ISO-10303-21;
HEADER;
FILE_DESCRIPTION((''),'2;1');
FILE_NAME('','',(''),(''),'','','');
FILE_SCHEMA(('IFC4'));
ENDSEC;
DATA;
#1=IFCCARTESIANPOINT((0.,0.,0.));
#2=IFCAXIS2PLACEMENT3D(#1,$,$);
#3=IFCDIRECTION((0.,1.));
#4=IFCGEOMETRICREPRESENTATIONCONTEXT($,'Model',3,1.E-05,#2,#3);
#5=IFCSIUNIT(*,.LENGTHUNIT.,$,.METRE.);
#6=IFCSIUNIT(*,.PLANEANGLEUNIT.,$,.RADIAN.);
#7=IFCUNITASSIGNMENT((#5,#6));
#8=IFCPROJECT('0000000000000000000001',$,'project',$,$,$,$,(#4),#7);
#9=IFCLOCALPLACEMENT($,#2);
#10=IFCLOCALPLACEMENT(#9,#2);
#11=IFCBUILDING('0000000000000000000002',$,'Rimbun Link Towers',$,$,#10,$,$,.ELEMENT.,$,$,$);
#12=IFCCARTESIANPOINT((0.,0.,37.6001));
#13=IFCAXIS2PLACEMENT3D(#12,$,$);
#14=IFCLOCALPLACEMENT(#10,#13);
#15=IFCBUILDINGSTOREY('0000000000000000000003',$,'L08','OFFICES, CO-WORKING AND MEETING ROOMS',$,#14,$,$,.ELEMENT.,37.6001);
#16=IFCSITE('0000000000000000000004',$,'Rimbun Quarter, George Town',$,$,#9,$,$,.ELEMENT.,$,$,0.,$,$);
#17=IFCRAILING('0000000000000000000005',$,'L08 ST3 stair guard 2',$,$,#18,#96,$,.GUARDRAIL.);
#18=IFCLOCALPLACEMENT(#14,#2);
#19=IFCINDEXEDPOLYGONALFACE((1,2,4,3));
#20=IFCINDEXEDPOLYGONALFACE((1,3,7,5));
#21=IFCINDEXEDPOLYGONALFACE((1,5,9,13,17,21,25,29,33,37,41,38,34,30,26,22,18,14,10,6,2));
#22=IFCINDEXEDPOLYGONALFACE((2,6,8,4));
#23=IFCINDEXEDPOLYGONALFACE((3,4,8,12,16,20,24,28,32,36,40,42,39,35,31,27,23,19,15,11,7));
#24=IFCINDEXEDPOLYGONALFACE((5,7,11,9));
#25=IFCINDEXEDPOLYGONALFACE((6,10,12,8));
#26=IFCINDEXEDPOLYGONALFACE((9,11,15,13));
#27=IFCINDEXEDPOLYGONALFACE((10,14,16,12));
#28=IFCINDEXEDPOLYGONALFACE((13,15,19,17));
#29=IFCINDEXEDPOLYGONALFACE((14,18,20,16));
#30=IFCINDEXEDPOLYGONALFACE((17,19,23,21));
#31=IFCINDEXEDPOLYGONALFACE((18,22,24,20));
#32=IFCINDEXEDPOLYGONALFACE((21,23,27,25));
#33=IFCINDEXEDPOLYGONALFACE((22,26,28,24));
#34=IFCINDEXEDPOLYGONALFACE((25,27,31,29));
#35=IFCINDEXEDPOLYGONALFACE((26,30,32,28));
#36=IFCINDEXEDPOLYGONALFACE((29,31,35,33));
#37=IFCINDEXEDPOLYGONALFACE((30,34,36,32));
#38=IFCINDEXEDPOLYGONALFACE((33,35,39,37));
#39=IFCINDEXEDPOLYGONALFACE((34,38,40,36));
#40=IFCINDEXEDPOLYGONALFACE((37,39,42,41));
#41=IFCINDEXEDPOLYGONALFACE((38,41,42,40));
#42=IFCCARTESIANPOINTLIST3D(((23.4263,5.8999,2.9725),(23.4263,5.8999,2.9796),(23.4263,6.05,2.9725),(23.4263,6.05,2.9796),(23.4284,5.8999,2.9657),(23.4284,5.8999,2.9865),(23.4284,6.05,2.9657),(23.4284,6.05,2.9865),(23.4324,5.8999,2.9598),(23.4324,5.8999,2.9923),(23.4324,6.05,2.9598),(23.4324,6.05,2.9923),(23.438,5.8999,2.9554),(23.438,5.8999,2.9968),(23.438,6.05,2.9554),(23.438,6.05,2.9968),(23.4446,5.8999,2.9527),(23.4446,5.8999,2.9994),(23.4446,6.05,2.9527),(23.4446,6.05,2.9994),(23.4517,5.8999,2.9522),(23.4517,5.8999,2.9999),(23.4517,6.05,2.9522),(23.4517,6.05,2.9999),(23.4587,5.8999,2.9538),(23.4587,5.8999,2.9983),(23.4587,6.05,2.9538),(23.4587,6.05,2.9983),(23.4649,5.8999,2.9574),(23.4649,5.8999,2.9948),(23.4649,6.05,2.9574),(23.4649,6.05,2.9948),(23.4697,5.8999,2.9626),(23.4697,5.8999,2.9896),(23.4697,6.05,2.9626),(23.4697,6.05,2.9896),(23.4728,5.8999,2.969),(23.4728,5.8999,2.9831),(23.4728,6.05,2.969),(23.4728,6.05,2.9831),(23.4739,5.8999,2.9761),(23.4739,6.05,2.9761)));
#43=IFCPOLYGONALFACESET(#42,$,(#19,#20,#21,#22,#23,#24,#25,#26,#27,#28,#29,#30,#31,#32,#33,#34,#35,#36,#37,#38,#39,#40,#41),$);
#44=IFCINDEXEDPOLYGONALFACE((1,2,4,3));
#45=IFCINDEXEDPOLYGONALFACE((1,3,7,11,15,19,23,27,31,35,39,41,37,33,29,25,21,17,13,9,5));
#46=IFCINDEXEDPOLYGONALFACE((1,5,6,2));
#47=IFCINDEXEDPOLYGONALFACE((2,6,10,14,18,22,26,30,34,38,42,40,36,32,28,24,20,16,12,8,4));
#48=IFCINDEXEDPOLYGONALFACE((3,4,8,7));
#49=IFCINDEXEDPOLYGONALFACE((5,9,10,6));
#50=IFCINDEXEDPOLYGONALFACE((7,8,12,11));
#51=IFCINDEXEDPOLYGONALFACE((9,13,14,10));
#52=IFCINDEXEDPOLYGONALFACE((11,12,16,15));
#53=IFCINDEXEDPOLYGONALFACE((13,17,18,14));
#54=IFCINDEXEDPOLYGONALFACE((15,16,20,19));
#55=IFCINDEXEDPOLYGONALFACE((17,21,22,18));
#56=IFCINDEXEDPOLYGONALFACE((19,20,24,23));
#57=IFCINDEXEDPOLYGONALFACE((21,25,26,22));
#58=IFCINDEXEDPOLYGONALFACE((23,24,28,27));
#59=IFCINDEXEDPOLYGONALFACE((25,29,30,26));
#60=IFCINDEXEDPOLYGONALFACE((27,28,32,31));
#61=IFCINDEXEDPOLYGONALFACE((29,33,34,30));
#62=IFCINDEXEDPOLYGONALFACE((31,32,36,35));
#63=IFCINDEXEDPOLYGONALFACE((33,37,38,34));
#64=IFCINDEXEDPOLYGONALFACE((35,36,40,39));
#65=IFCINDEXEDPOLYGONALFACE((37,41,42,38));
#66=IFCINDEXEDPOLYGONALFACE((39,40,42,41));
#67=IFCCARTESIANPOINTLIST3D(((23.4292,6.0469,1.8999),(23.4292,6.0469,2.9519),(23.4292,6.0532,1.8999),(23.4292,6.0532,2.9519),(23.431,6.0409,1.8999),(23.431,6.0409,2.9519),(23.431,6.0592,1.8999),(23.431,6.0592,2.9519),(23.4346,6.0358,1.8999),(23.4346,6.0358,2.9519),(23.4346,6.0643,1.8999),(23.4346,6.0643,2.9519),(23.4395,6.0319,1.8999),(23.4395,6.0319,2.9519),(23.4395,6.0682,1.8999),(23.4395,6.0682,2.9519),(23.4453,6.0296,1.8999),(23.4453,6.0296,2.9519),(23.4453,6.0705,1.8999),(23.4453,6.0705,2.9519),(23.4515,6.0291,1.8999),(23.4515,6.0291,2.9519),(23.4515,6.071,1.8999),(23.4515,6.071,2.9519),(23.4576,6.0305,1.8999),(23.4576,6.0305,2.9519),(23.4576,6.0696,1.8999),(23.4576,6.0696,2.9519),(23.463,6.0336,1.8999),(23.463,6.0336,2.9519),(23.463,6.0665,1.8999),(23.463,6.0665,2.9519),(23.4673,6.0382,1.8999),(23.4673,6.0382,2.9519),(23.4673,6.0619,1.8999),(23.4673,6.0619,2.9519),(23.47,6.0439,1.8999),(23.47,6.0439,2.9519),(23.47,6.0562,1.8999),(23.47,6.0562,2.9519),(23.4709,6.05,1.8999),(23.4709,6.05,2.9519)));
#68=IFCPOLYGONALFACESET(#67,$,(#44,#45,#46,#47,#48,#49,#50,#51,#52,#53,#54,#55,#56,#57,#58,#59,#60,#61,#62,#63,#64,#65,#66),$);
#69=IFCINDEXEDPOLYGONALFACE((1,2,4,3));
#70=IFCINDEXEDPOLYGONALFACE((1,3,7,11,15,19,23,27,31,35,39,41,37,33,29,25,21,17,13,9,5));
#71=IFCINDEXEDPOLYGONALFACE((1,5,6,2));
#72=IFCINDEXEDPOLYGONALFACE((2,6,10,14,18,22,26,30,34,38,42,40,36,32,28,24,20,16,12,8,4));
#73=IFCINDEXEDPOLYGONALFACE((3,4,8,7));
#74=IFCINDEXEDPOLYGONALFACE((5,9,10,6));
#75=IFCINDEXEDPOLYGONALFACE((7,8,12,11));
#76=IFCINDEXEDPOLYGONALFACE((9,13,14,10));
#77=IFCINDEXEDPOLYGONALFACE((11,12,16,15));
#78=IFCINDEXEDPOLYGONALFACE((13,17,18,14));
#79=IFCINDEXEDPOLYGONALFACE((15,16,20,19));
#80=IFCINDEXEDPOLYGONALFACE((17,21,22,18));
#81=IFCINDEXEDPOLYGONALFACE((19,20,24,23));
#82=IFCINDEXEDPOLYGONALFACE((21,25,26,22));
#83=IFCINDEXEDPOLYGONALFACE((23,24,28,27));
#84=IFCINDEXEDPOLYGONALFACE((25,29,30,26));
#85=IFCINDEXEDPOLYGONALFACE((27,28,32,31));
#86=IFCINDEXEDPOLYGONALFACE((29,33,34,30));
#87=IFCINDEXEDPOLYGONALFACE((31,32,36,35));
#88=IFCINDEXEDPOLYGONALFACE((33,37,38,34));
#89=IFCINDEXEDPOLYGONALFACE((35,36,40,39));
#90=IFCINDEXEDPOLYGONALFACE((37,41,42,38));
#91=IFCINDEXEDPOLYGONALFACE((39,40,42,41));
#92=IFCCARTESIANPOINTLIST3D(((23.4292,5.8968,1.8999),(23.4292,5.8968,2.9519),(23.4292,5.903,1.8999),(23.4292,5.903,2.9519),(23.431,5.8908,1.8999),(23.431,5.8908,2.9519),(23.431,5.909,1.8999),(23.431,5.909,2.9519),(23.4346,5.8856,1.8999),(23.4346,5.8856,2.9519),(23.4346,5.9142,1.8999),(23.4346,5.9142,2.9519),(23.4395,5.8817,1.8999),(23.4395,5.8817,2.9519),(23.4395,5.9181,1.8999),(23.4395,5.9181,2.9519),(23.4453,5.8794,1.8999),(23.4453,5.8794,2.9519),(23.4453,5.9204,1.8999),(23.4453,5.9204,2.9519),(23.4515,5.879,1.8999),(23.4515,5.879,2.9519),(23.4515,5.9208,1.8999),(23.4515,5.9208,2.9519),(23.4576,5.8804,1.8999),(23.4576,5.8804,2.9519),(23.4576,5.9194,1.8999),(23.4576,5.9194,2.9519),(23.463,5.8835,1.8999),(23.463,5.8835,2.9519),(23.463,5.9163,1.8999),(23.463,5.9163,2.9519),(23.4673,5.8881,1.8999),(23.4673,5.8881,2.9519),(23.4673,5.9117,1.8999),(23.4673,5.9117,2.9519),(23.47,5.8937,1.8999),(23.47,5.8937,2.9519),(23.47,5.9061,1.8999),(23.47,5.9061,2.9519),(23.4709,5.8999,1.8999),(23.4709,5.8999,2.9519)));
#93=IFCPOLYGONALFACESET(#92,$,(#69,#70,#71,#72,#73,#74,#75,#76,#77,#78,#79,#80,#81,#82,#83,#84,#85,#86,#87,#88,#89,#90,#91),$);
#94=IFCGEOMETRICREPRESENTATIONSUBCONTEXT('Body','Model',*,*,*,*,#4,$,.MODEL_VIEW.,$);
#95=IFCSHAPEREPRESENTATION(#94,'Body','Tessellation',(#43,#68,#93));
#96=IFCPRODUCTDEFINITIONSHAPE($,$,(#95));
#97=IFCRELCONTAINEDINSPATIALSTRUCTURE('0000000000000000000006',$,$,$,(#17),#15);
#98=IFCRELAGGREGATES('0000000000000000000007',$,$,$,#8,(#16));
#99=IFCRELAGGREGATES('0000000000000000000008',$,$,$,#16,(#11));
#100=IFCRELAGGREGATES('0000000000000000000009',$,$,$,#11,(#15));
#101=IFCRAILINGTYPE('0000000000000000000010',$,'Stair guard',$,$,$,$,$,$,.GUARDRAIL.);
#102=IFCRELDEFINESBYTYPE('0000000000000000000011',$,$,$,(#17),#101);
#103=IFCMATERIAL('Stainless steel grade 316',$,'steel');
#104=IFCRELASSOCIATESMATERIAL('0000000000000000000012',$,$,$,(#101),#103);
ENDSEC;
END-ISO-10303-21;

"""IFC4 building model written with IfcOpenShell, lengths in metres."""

from ifc_helpers import new_model, si_unit, direction, frame, origin, origin_2d, place, context, subcontext, project, spatial, circle, extrude, material, type_object, element, save


model = new_model("IFC4")

# Units and contexts
model_context = context("Model", 3, precision=1e-05, world=origin(), true_north=direction((0.0, 1.0)))
body_context = subcontext(model_context, "Body", "Model", "MODEL_VIEW")
ifc_project = project(units=[si_unit("LENGTHUNIT", "METRE"), si_unit("PLANEANGLEUNIT", "RADIAN")], contexts=[model_context])

# Site, building, storey
site_placement = place(None, origin())
site = spatial("IfcSite", under=ifc_project, at=site_placement, Name="Rimbun Quarter, George Town", CompositionType="ELEMENT", RefElevation=0.0)
building_placement = place(site_placement, origin())
building = spatial("IfcBuilding", under=site, at=building_placement, Name="Rimbun Link Towers", CompositionType="ELEMENT")
storey_placement = place(building_placement, frame((0.0, 0.0, 37.6001)))
storey = spatial("IfcBuildingStorey", under=building, at=storey_placement, Name="L08", Description="OFFICES, CO-WORKING AND MEETING ROOMS", CompositionType="ELEMENT", Elevation=37.6001)

# Railing
ifc_material_1 = material(Name="Stainless steel grade 316", Category="steel")
railing_type_1 = type_object("IfcRailingType", Name="Stair guard", PredefinedType="GUARDRAIL", material=ifc_material_1)
railing_1_placement = place(storey_placement, frame((23.45, 6.05, 1.8999)))
element("IfcRailing", 1, at=railing_1_placement, inside=storey, type_object=railing_type_1, Name="L08 ST3 stair guard 2", PredefinedType="GUARDRAIL", context=body_context, shape_type="SweptSolid", body=[
    extrude(circle(Radius=0.0239, at=origin_2d()), frame((0.0, 0.0, 1.0762), z_axis=(0.0, -1.0, 0.0), x_axis=(1.0, 0.0, 0.0)), (0.0, 0.0, 1.0), 0.1501),
    extrude(circle(Radius=0.021, at=origin_2d()), origin(), (0.0, 0.0, 1.0), 1.052),
    extrude(circle(Radius=0.021, at=origin_2d()), frame((0.0, -0.1501, 0.0)), (0.0, 0.0, 1.0), 1.052),
])

save(model, "model.ifc")
